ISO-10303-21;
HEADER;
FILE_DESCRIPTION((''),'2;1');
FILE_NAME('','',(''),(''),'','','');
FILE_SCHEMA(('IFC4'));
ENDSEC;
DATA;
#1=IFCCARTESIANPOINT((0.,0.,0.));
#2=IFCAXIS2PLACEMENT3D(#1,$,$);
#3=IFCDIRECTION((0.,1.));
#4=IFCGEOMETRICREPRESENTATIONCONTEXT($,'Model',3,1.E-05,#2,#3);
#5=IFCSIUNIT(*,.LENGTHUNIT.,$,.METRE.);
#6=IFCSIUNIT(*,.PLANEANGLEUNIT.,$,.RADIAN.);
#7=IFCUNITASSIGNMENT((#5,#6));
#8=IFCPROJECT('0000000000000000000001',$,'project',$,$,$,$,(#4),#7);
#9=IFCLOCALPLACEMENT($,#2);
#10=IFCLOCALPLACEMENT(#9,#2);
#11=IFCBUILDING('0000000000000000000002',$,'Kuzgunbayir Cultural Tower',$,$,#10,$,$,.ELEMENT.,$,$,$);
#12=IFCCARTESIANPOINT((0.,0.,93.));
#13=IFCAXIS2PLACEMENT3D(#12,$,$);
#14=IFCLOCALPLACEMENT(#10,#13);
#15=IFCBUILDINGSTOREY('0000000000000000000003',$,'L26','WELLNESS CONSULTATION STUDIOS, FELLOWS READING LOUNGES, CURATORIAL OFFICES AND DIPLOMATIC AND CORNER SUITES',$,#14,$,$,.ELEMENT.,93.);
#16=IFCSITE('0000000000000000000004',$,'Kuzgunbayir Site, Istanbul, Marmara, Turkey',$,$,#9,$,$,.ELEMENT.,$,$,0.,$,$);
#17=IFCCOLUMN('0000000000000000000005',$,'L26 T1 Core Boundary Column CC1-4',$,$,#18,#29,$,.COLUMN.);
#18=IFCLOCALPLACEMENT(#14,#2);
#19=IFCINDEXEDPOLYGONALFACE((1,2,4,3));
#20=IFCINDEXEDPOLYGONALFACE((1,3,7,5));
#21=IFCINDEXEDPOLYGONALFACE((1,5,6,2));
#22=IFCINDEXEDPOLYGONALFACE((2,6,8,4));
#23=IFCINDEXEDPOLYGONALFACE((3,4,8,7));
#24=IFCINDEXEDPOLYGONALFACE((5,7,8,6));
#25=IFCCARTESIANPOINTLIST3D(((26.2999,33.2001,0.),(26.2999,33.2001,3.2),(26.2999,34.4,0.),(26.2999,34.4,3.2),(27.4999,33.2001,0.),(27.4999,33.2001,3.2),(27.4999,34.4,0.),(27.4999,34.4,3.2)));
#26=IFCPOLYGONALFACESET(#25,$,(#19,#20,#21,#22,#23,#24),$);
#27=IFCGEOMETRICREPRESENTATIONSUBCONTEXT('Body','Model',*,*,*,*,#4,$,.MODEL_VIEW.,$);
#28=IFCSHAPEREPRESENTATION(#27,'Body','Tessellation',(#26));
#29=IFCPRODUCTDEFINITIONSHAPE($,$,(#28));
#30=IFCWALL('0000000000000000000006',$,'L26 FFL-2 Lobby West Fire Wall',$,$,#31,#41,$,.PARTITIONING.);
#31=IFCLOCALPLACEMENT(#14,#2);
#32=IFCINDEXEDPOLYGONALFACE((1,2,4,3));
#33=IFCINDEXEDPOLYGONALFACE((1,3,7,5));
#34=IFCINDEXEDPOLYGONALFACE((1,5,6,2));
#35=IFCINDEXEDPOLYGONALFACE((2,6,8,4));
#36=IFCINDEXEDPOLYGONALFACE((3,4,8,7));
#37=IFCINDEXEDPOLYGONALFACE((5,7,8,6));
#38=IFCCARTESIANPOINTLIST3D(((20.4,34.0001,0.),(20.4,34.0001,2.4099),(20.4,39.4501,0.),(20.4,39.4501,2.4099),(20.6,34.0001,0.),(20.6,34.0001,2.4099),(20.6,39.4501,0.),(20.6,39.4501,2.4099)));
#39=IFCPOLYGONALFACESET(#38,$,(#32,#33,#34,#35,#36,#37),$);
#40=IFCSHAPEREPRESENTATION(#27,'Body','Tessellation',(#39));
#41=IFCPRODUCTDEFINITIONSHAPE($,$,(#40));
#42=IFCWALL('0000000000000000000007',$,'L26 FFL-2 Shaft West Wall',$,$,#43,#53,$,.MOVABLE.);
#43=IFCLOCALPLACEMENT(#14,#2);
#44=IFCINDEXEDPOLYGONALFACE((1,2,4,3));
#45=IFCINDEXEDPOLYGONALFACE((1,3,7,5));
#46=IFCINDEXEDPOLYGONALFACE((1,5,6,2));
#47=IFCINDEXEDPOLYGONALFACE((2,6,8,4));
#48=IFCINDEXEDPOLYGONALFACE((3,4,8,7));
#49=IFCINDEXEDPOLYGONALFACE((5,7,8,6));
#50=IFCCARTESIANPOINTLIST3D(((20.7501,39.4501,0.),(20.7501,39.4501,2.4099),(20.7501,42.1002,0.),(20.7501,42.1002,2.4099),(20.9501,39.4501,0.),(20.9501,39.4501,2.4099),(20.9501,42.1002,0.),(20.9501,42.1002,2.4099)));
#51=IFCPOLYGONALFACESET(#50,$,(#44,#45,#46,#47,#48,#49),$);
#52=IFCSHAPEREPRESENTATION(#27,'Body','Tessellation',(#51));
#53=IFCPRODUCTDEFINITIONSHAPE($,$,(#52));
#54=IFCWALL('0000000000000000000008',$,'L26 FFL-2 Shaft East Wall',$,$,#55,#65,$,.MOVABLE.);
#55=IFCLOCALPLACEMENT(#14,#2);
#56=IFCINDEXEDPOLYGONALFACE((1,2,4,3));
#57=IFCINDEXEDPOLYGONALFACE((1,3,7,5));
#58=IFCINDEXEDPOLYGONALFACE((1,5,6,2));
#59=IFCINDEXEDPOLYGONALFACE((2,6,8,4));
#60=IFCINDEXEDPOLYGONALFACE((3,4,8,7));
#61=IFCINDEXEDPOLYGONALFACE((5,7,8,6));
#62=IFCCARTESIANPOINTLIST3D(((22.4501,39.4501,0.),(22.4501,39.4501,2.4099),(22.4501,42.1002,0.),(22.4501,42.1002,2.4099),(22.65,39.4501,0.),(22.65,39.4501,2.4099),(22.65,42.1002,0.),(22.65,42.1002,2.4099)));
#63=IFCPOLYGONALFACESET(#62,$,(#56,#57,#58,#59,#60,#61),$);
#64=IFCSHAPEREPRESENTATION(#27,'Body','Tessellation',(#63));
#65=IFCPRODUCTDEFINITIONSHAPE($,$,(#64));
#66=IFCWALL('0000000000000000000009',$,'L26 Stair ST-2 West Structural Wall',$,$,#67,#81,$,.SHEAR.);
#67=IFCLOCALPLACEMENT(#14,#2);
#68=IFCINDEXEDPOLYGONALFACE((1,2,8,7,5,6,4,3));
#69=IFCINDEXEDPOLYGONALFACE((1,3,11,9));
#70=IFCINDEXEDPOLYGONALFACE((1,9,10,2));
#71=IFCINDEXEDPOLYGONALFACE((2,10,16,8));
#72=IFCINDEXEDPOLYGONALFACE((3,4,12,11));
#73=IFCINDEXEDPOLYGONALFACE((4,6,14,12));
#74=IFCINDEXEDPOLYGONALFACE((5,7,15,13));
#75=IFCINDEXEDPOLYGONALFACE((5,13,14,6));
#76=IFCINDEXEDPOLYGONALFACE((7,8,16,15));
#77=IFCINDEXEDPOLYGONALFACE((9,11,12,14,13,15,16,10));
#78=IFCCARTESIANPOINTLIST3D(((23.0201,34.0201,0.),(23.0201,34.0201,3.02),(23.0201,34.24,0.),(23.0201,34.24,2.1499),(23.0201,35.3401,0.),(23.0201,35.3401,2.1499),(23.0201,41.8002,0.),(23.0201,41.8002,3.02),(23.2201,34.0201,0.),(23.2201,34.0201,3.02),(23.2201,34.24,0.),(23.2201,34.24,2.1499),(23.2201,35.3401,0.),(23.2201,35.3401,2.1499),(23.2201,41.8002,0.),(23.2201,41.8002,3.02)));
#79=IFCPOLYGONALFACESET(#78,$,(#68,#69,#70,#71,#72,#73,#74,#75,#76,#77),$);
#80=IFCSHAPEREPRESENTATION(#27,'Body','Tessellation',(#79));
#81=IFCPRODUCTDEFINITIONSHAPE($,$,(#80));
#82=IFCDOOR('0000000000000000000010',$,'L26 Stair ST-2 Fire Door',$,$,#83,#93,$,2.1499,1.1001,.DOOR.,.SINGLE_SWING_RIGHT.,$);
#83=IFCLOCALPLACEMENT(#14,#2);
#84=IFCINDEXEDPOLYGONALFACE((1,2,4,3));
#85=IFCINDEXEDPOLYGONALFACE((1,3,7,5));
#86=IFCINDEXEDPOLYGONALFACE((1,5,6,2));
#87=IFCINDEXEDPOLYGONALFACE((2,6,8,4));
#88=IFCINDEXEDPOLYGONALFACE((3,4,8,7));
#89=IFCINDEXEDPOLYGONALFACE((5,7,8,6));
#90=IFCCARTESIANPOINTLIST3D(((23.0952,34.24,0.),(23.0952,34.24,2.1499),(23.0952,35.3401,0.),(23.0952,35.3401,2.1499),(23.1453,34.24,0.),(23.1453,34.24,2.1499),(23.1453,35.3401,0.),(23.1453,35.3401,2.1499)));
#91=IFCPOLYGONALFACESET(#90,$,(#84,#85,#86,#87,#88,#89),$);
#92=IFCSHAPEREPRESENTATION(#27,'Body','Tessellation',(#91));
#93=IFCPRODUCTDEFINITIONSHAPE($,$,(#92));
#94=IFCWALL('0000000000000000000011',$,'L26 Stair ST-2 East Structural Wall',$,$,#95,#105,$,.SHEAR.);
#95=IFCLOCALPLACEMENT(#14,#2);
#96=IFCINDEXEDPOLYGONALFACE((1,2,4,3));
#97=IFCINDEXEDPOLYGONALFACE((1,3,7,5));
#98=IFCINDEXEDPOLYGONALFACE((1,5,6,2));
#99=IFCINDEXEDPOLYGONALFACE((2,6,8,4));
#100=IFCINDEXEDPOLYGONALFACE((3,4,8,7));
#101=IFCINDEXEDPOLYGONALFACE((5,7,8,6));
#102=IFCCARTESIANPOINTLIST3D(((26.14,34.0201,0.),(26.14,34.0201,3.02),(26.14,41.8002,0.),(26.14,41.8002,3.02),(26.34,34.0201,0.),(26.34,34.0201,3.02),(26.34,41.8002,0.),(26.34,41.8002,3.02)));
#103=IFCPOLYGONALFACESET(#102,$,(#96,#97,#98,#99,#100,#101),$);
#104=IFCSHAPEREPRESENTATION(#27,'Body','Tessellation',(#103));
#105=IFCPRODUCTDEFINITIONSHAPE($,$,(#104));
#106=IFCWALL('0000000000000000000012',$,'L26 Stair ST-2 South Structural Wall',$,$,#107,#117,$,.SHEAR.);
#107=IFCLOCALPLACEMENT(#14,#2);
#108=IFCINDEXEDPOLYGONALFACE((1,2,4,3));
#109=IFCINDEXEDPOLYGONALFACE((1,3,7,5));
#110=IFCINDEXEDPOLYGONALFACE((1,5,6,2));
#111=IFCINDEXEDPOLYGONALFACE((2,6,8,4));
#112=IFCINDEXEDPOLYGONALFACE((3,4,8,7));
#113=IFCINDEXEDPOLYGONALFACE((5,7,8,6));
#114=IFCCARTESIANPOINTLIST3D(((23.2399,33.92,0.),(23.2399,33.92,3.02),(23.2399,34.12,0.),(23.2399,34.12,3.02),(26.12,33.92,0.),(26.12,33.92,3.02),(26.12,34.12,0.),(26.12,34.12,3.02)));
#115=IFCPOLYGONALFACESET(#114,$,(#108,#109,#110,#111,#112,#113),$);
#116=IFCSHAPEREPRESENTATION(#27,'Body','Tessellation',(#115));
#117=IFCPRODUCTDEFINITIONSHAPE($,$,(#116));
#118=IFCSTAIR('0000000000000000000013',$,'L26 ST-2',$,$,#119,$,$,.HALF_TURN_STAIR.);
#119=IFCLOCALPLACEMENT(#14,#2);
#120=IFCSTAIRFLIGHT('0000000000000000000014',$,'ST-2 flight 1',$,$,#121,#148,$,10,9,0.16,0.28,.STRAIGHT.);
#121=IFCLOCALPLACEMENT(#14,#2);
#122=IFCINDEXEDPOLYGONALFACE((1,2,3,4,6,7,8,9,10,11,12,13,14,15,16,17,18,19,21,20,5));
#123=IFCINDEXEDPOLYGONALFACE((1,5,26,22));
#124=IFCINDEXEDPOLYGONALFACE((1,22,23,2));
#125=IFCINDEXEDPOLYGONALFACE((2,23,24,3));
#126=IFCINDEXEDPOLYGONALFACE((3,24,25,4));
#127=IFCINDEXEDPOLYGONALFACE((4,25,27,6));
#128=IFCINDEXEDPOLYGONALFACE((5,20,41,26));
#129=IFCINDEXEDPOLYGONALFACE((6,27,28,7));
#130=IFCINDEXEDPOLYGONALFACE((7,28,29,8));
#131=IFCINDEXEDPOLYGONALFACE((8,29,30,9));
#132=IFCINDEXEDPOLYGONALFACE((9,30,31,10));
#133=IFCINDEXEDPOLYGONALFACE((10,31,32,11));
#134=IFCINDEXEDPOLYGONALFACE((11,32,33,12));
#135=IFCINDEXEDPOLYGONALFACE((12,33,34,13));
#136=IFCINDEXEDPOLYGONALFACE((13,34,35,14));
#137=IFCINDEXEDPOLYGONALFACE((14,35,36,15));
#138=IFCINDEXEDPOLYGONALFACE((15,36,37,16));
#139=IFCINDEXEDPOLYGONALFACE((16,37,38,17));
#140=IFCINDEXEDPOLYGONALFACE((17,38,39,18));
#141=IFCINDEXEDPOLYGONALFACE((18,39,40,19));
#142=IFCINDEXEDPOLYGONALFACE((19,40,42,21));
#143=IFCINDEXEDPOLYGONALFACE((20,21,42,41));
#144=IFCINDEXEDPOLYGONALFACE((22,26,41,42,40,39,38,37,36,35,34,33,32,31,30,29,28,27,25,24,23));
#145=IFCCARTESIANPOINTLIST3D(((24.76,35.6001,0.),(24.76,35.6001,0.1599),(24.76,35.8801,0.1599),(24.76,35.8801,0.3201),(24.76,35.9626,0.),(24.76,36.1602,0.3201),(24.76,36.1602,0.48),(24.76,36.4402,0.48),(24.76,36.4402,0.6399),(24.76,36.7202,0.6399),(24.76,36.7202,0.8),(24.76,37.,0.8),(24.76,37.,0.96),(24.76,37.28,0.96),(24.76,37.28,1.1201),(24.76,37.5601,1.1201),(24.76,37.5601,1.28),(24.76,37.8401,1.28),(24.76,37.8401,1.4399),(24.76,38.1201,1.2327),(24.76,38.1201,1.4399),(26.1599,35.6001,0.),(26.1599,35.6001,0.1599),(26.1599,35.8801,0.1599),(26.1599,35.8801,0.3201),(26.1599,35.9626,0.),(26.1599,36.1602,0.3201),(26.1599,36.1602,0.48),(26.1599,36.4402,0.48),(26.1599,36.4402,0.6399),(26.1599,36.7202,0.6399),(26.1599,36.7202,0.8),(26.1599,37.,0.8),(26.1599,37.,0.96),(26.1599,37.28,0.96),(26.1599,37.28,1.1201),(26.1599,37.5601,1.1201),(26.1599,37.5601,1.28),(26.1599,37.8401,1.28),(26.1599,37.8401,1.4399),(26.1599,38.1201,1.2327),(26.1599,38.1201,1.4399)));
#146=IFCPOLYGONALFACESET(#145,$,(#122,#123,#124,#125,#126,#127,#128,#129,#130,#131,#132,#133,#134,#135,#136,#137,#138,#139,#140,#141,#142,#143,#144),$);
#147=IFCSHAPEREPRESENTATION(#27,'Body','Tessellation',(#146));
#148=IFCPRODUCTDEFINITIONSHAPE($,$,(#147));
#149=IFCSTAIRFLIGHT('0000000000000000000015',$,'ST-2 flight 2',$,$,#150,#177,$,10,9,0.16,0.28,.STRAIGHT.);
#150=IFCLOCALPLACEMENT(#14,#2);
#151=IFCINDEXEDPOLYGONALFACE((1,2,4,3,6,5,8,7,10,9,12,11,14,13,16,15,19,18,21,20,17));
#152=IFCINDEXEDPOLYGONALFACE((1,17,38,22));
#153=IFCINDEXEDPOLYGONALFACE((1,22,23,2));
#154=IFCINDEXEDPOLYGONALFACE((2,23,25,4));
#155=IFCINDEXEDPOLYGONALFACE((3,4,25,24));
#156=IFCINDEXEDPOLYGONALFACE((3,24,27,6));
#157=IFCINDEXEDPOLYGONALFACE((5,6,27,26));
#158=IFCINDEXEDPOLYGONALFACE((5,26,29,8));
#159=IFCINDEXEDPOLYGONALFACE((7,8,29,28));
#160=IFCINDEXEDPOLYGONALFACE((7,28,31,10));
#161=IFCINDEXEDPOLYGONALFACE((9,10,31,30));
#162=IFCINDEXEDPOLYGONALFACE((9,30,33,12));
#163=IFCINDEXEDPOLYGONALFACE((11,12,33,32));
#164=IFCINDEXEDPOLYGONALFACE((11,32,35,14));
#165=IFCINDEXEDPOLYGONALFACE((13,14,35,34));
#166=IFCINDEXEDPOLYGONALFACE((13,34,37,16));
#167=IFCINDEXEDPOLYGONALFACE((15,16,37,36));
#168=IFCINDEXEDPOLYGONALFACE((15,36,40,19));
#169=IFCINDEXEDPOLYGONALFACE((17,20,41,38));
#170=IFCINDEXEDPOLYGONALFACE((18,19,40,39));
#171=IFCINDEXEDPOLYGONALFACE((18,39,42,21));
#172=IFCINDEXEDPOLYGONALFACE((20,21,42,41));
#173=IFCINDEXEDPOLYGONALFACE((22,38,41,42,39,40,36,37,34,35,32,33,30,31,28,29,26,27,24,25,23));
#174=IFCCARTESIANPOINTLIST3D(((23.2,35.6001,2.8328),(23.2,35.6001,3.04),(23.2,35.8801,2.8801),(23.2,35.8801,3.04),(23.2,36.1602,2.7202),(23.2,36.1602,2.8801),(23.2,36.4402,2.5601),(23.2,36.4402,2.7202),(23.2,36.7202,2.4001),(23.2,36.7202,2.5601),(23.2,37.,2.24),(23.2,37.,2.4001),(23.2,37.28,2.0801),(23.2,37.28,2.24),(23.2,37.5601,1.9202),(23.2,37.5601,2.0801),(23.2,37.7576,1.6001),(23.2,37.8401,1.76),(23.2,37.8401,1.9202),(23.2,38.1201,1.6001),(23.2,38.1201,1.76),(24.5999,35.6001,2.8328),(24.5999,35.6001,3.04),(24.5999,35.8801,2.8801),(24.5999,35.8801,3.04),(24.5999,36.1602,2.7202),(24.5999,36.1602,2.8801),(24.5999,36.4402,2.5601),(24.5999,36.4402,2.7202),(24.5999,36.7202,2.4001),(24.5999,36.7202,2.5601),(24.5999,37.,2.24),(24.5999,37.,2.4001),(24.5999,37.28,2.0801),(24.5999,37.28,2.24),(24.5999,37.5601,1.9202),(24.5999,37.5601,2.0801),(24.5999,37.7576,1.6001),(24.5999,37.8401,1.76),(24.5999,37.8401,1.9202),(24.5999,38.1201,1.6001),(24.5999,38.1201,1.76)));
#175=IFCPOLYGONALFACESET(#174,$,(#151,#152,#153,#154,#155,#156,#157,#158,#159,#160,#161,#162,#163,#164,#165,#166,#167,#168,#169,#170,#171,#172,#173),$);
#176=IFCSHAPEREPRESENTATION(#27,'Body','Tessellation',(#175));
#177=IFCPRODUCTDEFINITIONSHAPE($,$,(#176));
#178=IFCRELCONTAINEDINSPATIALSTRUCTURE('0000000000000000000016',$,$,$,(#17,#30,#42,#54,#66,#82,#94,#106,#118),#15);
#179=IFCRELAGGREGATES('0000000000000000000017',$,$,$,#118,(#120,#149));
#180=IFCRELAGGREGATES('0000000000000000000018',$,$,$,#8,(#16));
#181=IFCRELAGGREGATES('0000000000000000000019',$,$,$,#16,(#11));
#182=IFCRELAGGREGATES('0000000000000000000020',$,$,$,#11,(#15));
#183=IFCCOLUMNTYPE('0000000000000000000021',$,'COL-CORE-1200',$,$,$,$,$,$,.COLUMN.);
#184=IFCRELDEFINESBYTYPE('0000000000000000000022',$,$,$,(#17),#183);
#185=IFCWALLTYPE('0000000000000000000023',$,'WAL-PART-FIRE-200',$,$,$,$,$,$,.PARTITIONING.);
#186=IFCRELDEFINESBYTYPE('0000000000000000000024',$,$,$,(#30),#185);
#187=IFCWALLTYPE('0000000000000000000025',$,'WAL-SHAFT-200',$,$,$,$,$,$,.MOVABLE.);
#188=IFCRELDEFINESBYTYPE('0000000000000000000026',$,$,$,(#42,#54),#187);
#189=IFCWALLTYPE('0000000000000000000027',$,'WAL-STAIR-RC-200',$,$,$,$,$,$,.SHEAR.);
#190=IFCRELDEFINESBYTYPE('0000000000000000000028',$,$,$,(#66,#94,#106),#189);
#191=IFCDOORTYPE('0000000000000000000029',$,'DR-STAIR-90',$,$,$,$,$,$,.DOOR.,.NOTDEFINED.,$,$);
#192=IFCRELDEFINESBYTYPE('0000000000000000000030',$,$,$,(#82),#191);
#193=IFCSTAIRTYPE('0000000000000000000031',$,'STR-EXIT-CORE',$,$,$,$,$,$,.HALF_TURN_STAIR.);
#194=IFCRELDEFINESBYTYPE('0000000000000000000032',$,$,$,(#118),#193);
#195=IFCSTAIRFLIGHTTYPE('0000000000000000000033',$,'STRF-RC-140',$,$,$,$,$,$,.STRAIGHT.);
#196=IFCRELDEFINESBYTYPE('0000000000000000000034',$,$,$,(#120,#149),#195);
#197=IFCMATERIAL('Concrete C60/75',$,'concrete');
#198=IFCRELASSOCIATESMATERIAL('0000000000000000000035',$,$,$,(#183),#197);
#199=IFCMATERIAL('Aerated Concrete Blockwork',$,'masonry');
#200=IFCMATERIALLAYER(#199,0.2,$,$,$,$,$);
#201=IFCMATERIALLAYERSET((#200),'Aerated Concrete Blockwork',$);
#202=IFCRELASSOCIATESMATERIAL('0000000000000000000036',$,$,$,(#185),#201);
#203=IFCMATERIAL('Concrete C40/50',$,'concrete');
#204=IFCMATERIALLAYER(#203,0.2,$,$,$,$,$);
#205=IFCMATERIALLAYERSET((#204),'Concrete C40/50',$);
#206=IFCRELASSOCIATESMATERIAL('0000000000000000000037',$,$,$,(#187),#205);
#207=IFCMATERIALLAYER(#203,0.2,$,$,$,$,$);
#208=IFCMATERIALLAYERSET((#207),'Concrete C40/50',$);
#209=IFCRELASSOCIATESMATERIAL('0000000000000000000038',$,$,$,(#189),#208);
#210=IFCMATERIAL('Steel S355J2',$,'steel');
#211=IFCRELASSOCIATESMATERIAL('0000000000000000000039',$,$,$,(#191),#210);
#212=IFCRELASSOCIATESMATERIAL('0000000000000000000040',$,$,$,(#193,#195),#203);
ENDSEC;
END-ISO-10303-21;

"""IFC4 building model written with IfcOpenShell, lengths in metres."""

from ifc_helpers import new_model, si_unit, direction, frame, frame_2d, origin, origin_2d, place, context, subcontext, project, spatial, polyline, rectangle, outline, extrude, material, layer, layer_set, material_profile, profile_set, type_object, element, fill, aggregate, save


model = new_model("IFC4")

# Units and contexts
model_context = context("Model", 3, precision=1e-05, world=origin(), true_north=direction((0.0, 1.0)))
body_context = subcontext(model_context, "Body", "Model", "MODEL_VIEW")
ifc_project = project(units=[si_unit("LENGTHUNIT", "METRE"), si_unit("PLANEANGLEUNIT", "RADIAN")], contexts=[model_context])

# Site, building, storey
site_placement = place(None, origin())
site = spatial("IfcSite", under=ifc_project, at=site_placement, Name="Kuzgunbayir Site, Istanbul, Marmara, Turkey", CompositionType="ELEMENT", RefElevation=0.0)
building_placement = place(site_placement, origin())
building = spatial("IfcBuilding", under=site, at=building_placement, Name="Kuzgunbayir Cultural Tower", CompositionType="ELEMENT")
storey_placement = place(building_placement, frame((0.0, 0.0, 93.0)))
storey = spatial("IfcBuildingStorey", under=building, at=storey_placement, Name="L26", Description="WELLNESS CONSULTATION STUDIOS, FELLOWS READING LOUNGES, CURATORIAL OFFICES AND DIPLOMATIC AND CORNER SUITES", CompositionType="ELEMENT", Elevation=93.0)

# Column
ifc_material_1 = material(Name="Concrete C60/75", Category="concrete")
ifc_material_profile = material_profile(ifc_material_1, rectangle(XDim=1.2, YDim=1.2, at=origin_2d()), Name="RC 1200x1200")
ifc_profile_set = profile_set([ifc_material_profile], Name="Concrete C60/75")
column_type = type_object("IfcColumnType", Name="COL-CORE-1200", PredefinedType="COLUMN", material=ifc_profile_set)
column_placement = place(storey_placement, frame((26.8999, 33.8, 0.0), z_axis=(0.0, 0.0, 1.0), x_axis=(1.0, 0.0, 0.0)))
element("IfcColumn", 1, at=column_placement, inside=storey, type_object=column_type, Name="L26 T1 Core Boundary Column CC1-4", PredefinedType="COLUMN", context=body_context, shape_type="SweptSolid", body=[
    extrude(rectangle(XDim=1.2, YDim=1.2, at=origin_2d()), origin(), (0.0, 0.0, 1.0), 3.2),
])

# Wall
ifc_material_2 = material(Name="Aerated Concrete Blockwork", Category="masonry")
ifc_layer_1 = layer(ifc_material_2, 0.2)
ifc_layer_set_1 = layer_set([ifc_layer_1], Name="Aerated Concrete Blockwork")
wall_type_1 = type_object("IfcWallType", Name="WAL-PART-FIRE-200", PredefinedType="PARTITIONING", material=ifc_layer_set_1)
wall_1_placement = place(storey_placement, frame((20.5, 34.0, 0.0), z_axis=(0.0, 0.0, 1.0), x_axis=(0.0, 1.0, 0.0)))
element("IfcWall", 2, at=wall_1_placement, inside=storey, type_object=wall_type_1, Name="L26 FFL-2 Lobby West Fire Wall", PredefinedType="PARTITIONING", context=body_context, shape_type="SweptSolid", body=[
    extrude(rectangle(XDim=5.45, YDim=0.2, at=frame_2d((2.7251, 0.0))), origin(), (0.0, 0.0, 1.0), 2.4099),
])

# Shared definitions
ifc_material_3 = material(Name="Steel S355J2", Category="steel")
ifc_material_4 = material(Name="Concrete C40/50", Category="concrete")
ifc_layer_2 = layer(ifc_material_4, 0.2)
ifc_layer_set_2 = layer_set([ifc_layer_2], Name="Concrete C40/50")
wall_type_2 = type_object("IfcWallType", Name="WAL-SHAFT-200", PredefinedType="MOVABLE", material=ifc_layer_set_2)

# Walls
for number, where, z_axis, x_axis, name in (
    (3, (20.8501, 39.45, 0.0), (0.0, 0.0, 1.0), (0.0, 1.0, 0.0), "L26 FFL-2 Shaft West Wall"),
    (4, (22.55, 39.45, 0.0), (0.0, 0.0, 1.0), (0.0, 1.0, 0.0), "L26 FFL-2 Shaft East Wall"),
):
    element("IfcWall", number, at=place(storey_placement, frame(where, z_axis=z_axis, x_axis=x_axis)), inside=storey, type_object=wall_type_2, Name=name, PredefinedType="MOVABLE", context=body_context, shape_type="SweptSolid", body=[
        extrude(rectangle(XDim=2.6501, YDim=0.2, at=frame_2d((1.3252, 0.0))), origin(), (0.0, 0.0, 1.0), 2.4099),
    ])

# Wall, opening, door
ifc_layer_3 = layer(ifc_material_4, 0.2)
ifc_layer_set_3 = layer_set([ifc_layer_3], Name="Concrete C40/50")
wall_type_3 = type_object("IfcWallType", Name="WAL-STAIR-RC-200", PredefinedType="SHEAR", material=ifc_layer_set_3)
wall_2_placement = place(storey_placement, frame((23.1201, 34.02, 0.0), z_axis=(0.0, 0.0, 1.0), x_axis=(0.0, 1.0, 0.0)))
wall_2 = element("IfcWall", 5, at=wall_2_placement, inside=storey, type_object=wall_type_3, Name="L26 Stair ST-2 West Structural Wall", PredefinedType="SHEAR", context=body_context, shape_type="SweptSolid", body=[
    extrude(rectangle(XDim=7.78, YDim=0.2, at=frame_2d((3.8901, 0.0))), origin(), (0.0, 0.0, 1.0), 3.02),
])
opening_1_placement = place(wall_2_placement, frame((0.22, 0.0, 0.0)))
opening_1 = element("IfcOpeningElement", 6, at=opening_1_placement, cuts=wall_2, PredefinedType="OPENING", context=body_context, shape_type="SweptSolid", body=[
    extrude(rectangle(XDim=1.1001, YDim=2.1499, at=frame_2d((0.55, 1.075))), frame((0.0, 0.1099, 0.0), z_axis=(0.0, -1.0, 0.0), x_axis=(1.0, 0.0, 0.0)), (0.0, 0.0, 1.0), 0.22),
])
door_type_1 = type_object("IfcDoorType", Name="DR-STAIR-90", OperationType="NOTDEFINED", PredefinedType="DOOR", material=ifc_material_3)
door_1_placement = place(opening_1_placement, origin())
door_1 = element("IfcDoor", 7, at=door_1_placement, inside=storey, type_object=door_type_1, Name="L26 Stair ST-2 Fire Door", OperationType="SINGLE_SWING_RIGHT", OverallHeight=2.1499, OverallWidth=1.1001, PredefinedType="DOOR", context=body_context, shape_type="SweptSolid", body=[
    extrude(rectangle(XDim=1.1001, YDim=2.1499, at=frame_2d((0.55, 1.075))), frame((0.0, 0.0249, 0.0), z_axis=(0.0, -1.0, 0.0), x_axis=(1.0, 0.0, 0.0)), (0.0, 0.0, 1.0), 0.05),
])
fill(opening_1, door_1)

# Walls
wall_3_placement = place(storey_placement, frame((26.24, 34.02, 0.0), z_axis=(0.0, 0.0, 1.0), x_axis=(0.0, 1.0, 0.0)))
element("IfcWall", 8, at=wall_3_placement, inside=storey, type_object=wall_type_3, Name="L26 Stair ST-2 East Structural Wall", PredefinedType="SHEAR", context=body_context, shape_type="SweptSolid", body=[
    extrude(rectangle(XDim=7.78, YDim=0.2, at=frame_2d((3.8901, 0.0))), origin(), (0.0, 0.0, 1.0), 3.02),
])
wall_4_placement = place(storey_placement, frame((23.24, 34.02, 0.0), z_axis=(0.0, 0.0, 1.0), x_axis=(1.0, 0.0, 0.0)))
element("IfcWall", 9, at=wall_4_placement, inside=storey, type_object=wall_type_3, Name="L26 Stair ST-2 South Structural Wall", PredefinedType="SHEAR", context=body_context, shape_type="SweptSolid", body=[
    extrude(rectangle(XDim=2.8801, YDim=0.2, at=frame_2d((1.4399, 0.0))), origin(), (0.0, 0.0, 1.0), 3.02),
])

# Stair, stair flights
stair_type = type_object("IfcStairType", Name="STR-EXIT-CORE", PredefinedType="HALF_TURN_STAIR", material=ifc_material_4)
stair_placement = place(storey_placement, origin())
stair = element("IfcStair", 10, at=stair_placement, inside=storey, type_object=stair_type, Name="L26 ST-2", PredefinedType="HALF_TURN_STAIR")
stair_flight_type = type_object("IfcStairFlightType", Name="STRF-RC-140", PredefinedType="STRAIGHT", material=ifc_material_4)
stair_flight_1_placement = place(storey_placement, frame((25.46, 35.6001, 0.0), z_axis=(0.0, 0.0, 1.0), x_axis=(0.0, 1.0, 0.0)))
stair_flight_1 = element("IfcStairFlight", 11, at=stair_flight_1_placement, type_object=stair_flight_type, Name="ST-2 flight 1", NumberOfRisers=10, NumberOfTreads=9, PredefinedType="STRAIGHT", RiserHeight=0.16, TreadLength=0.28, context=body_context, shape_type="SweptSolid", body=[
    extrude(outline(polyline([(0.0, 0.0), (0.0, 0.1599), (0.28, 0.1599), (0.28, 0.3201), (0.5601, 0.3201), (0.5601, 0.48), (0.8401, 0.48), (0.8401, 0.6399), (1.1201, 0.6399), (1.1201, 0.8), (1.3999, 0.8), (1.3999, 0.96), (1.6799, 0.96), (1.6799, 1.1201), (1.96, 1.1201), (1.96, 1.28), (2.24, 1.28), (2.24, 1.4399), (2.52, 1.4399), (2.52, 1.6001), (2.52, 1.2327), (0.3625, 0.0), (0.0, 0.0)])), frame((0.0, 0.7, 0.0), z_axis=(0.0, -1.0, 0.0), x_axis=(1.0, 0.0, 0.0)), (0.0, 0.0, 1.0), 1.3999),
])
stair_flight_2_placement = place(storey_placement, frame((23.8999, 38.1201, 1.6001), z_axis=(0.0, 0.0, 1.0), x_axis=(0.0, -1.0, 0.0)))
stair_flight_2 = element("IfcStairFlight", 12, at=stair_flight_2_placement, type_object=stair_flight_type, Name="ST-2 flight 2", NumberOfRisers=10, NumberOfTreads=9, PredefinedType="STRAIGHT", RiserHeight=0.16, TreadLength=0.28, context=body_context, shape_type="SweptSolid", body=[
    extrude(outline(polyline([(0.0, 0.0), (0.0, 0.1599), (0.28, 0.1599), (0.28, 0.3201), (0.5601, 0.3201), (0.5601, 0.48), (0.8401, 0.48), (0.8401, 0.6399), (1.1201, 0.6399), (1.1201, 0.8), (1.3999, 0.8), (1.3999, 0.96), (1.6799, 0.96), (1.6799, 1.1201), (1.96, 1.1201), (1.96, 1.28), (2.24, 1.28), (2.24, 1.4399), (2.52, 1.4399), (2.52, 1.6001), (2.52, 1.2327), (0.3625, 0.0), (0.0, 0.0)])), frame((0.0, 0.7, 0.0), z_axis=(0.0, -1.0, 0.0), x_axis=(1.0, 0.0, 0.0)), (0.0, 0.0, 1.0), 1.3999),
])
aggregate(stair, [stair_flight_1, stair_flight_2])

save(model, "model.ifc")
